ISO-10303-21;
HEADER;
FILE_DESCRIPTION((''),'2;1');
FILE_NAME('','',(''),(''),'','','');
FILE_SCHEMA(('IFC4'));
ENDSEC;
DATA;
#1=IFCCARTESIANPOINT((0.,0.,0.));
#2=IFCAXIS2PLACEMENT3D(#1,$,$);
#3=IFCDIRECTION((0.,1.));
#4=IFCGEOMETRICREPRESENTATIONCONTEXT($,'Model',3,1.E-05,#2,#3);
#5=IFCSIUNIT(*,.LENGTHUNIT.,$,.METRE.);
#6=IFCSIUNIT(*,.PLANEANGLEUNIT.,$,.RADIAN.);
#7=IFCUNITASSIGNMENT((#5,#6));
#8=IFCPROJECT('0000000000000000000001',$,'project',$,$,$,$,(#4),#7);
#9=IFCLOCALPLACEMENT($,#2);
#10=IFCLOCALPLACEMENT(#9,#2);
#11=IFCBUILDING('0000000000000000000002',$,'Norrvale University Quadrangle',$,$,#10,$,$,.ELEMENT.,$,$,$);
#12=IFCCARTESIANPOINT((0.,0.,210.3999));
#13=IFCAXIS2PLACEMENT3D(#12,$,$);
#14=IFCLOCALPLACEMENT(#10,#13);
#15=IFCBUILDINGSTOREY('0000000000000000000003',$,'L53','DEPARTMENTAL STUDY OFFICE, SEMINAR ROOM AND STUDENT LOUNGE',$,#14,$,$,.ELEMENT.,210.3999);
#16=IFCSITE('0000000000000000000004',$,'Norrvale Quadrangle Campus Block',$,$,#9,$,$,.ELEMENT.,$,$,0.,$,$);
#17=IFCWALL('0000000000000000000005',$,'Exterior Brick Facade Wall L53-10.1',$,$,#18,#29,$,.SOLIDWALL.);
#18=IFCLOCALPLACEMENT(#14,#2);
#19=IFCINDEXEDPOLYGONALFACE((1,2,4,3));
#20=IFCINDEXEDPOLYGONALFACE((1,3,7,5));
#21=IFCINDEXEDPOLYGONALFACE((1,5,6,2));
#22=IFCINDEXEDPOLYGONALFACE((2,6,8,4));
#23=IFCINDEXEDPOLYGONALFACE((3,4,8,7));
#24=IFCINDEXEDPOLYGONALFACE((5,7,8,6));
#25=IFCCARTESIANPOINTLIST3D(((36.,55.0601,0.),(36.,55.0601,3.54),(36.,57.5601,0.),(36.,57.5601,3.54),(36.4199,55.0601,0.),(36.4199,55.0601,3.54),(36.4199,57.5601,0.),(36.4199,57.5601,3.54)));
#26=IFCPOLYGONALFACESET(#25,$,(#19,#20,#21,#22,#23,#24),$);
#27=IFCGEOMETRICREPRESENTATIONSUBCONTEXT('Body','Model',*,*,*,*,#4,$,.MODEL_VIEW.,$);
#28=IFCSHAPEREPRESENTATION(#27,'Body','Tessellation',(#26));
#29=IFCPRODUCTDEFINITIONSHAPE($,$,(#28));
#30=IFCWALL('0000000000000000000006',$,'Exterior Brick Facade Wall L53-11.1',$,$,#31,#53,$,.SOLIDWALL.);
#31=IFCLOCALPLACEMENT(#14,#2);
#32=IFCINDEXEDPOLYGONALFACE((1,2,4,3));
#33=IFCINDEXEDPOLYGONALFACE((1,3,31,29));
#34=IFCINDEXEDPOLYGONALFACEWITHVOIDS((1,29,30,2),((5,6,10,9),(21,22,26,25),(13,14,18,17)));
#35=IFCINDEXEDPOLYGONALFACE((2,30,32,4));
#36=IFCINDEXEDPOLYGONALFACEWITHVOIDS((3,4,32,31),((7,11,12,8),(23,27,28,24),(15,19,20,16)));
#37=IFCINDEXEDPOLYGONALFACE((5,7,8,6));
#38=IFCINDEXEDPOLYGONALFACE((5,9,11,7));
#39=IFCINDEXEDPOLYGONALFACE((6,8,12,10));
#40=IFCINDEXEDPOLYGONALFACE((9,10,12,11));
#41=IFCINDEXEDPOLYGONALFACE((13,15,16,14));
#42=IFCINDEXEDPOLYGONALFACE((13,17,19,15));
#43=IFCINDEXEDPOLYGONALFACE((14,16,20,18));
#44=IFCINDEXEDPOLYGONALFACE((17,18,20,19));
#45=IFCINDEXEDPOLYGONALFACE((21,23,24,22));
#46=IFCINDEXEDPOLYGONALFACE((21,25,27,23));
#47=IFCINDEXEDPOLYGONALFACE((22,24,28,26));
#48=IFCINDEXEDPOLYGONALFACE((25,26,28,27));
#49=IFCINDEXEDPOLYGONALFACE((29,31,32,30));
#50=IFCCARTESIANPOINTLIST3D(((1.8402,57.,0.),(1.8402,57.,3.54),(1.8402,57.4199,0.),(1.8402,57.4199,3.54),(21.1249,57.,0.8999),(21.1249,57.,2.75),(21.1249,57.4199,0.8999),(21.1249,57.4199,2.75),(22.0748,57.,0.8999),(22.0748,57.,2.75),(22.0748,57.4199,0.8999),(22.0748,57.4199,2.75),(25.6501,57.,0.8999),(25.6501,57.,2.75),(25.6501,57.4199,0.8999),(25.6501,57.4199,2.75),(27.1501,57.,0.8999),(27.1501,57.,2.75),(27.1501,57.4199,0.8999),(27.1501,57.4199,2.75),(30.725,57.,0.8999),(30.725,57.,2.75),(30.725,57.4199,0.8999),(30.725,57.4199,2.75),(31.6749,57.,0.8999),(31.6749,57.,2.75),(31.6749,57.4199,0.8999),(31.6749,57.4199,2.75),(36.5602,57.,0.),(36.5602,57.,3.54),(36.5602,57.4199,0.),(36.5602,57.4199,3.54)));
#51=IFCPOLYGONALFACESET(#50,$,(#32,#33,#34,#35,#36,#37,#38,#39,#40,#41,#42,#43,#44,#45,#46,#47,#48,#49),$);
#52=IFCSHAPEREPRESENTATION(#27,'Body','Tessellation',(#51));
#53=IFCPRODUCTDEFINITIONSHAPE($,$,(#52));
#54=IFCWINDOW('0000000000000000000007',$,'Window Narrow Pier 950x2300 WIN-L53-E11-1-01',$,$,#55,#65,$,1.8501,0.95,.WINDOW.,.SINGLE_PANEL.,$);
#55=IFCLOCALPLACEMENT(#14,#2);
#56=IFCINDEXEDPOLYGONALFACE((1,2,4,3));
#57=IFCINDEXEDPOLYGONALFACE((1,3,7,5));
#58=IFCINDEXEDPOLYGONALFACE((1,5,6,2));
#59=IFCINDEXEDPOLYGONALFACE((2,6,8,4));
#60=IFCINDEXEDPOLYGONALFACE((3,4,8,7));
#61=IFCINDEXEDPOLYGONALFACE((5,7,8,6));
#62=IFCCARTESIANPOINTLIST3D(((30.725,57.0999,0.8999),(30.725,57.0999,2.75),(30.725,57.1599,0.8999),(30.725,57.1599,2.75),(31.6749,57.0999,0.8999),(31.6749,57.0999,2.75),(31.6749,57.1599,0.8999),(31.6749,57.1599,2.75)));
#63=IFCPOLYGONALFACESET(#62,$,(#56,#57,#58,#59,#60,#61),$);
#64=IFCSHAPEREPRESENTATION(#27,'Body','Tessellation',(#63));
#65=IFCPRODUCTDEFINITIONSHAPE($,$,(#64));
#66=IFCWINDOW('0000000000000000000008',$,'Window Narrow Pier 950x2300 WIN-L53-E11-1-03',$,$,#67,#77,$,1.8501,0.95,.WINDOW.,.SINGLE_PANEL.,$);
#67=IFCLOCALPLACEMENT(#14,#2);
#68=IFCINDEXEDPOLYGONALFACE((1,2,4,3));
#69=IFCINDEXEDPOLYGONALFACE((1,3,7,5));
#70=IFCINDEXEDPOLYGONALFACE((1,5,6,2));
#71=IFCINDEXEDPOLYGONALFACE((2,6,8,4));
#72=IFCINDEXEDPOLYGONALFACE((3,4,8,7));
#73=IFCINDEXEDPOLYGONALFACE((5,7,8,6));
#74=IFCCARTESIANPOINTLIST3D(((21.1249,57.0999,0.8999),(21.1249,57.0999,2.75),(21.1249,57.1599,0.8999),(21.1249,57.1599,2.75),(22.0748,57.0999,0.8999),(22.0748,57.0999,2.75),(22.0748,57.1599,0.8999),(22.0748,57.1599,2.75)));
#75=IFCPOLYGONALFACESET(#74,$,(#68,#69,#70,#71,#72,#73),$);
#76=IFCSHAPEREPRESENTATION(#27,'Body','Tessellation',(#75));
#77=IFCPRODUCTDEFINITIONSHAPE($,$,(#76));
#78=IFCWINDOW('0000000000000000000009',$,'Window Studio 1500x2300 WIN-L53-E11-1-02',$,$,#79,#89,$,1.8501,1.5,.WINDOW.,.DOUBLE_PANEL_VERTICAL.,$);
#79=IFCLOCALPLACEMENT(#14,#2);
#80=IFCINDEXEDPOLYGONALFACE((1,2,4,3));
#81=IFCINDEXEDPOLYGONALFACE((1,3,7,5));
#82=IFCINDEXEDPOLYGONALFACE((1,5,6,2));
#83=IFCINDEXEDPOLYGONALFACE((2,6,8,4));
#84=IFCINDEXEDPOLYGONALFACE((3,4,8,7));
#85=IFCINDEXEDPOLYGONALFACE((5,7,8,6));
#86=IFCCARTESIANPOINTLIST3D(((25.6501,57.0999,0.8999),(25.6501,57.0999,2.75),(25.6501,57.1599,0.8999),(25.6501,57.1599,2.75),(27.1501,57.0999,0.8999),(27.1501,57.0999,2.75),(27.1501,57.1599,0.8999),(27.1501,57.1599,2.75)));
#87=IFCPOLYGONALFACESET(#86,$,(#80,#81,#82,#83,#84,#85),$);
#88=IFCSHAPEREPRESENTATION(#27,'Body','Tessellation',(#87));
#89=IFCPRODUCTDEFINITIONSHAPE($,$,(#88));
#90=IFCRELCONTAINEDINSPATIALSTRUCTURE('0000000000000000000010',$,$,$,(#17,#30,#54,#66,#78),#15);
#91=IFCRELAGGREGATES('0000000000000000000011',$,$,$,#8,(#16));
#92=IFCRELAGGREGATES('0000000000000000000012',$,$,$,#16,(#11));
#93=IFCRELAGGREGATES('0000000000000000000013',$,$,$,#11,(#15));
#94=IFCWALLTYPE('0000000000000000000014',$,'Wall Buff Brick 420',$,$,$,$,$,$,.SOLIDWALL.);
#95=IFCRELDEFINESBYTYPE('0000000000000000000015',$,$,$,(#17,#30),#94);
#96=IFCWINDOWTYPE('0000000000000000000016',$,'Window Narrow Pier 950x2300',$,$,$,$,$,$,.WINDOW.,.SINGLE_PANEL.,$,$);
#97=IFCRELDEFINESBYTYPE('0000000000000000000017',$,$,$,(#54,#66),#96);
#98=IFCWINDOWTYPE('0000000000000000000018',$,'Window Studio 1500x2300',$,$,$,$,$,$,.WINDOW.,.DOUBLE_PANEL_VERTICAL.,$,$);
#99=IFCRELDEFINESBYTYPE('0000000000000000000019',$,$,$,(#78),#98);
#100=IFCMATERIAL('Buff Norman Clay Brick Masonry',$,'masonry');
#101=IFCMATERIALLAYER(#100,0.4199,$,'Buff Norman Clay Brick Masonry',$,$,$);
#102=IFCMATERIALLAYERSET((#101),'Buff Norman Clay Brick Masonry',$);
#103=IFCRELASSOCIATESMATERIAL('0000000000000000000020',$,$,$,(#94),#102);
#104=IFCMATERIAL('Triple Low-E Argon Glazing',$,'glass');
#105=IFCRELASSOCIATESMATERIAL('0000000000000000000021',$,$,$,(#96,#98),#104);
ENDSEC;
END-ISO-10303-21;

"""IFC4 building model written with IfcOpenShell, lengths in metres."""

from ifc_helpers import new_model, si_unit, direction, frame, frame_2d, origin, place, context, subcontext, project, spatial, rectangle, extrude, material, layer, layer_set, type_object, element, fill, save


model = new_model("IFC4")

# Units and contexts
model_context = context("Model", 3, precision=1e-05, world=origin(), true_north=direction((0.0, 1.0)))
body_context = subcontext(model_context, "Body", "Model", "MODEL_VIEW")
ifc_project = project(units=[si_unit("LENGTHUNIT", "METRE"), si_unit("PLANEANGLEUNIT", "RADIAN")], contexts=[model_context])

# Site, building, storey
site_placement = place(None, origin())
site = spatial("IfcSite", under=ifc_project, at=site_placement, Name="Norrvale Quadrangle Campus Block", CompositionType="ELEMENT", RefElevation=0.0)
building_placement = place(site_placement, origin())
building = spatial("IfcBuilding", under=site, at=building_placement, Name="Norrvale University Quadrangle", CompositionType="ELEMENT")
storey_placement = place(building_placement, frame((0.0, 0.0, 210.3999)))
storey = spatial("IfcBuildingStorey", under=building, at=storey_placement, Name="L53", Description="DEPARTMENTAL STUDY OFFICE, SEMINAR ROOM AND STUDENT LOUNGE", CompositionType="ELEMENT", Elevation=210.3999)

# Shared definitions
ifc_material_1 = material(Name="Buff Norman Clay Brick Masonry", Category="masonry")
ifc_layer = layer(ifc_material_1, 0.4199, Name="Buff Norman Clay Brick Masonry")
ifc_layer_set = layer_set([ifc_layer], Name="Buff Norman Clay Brick Masonry")
wall_type = type_object("IfcWallType", Name="Wall Buff Brick 420", PredefinedType="SOLIDWALL", material=ifc_layer_set)

# Shared definitions
ifc_material_2 = material(Name="Triple Low-E Argon Glazing", Category="glass")

# Wall
for number, where, z_axis, x_axis, name in (
    (1, (36.21, 55.0601, 0.0), (0.0, 0.0, 1.0), (0.0, 1.0, 0.0), "Exterior Brick Facade Wall L53-10.1"),
):
    element("IfcWall", number, at=place(storey_placement, frame(where, z_axis=z_axis, x_axis=x_axis)), inside=storey, type_object=wall_type, Name=name, PredefinedType="SOLIDWALL", context=body_context, shape_type="SweptSolid", body=[
        extrude(rectangle(XDim=2.5, YDim=0.4199, at=frame_2d((1.25, 0.0))), origin(), (0.0, 0.0, 1.0), 3.54),
    ])

# Wall, openings, windows
wall_1_placement = place(storey_placement, frame((36.5601, 57.21, 0.0), z_axis=(0.0, 0.0, 1.0), x_axis=(-1.0, 0.0, 0.0)))
wall_1 = element("IfcWall", 2, at=wall_1_placement, inside=storey, type_object=wall_type, Name="Exterior Brick Facade Wall L53-11.1", PredefinedType="SOLIDWALL", context=body_context, shape_type="SweptSolid", body=[
    extrude(rectangle(XDim=34.72, YDim=0.4199, at=frame_2d((17.3599, 0.0))), origin(), (0.0, 0.0, 1.0), 3.54),
])
opening_1_placement = place(wall_1_placement, frame((4.885, 0.0, 0.8999)))
opening_1 = element("IfcOpeningElement", 3, at=opening_1_placement, cuts=wall_1, PredefinedType="OPENING", context=body_context, shape_type="SweptSolid", body=[
    extrude(rectangle(XDim=0.95, YDim=1.8501, at=frame_2d((0.4751, 0.925))), frame((0.0, 0.2219, 0.0), z_axis=(0.0, -1.0, 0.0), x_axis=(1.0, 0.0, 0.0)), (0.0, 0.0, 1.0), 0.4438),
])
opening_2_placement = place(wall_1_placement, frame((9.4099, 0.0, 0.8999)))
opening_2 = element("IfcOpeningElement", 4, at=opening_2_placement, cuts=wall_1, PredefinedType="OPENING", context=body_context, shape_type="SweptSolid", body=[
    extrude(rectangle(XDim=1.5, YDim=1.8501, at=frame_2d((0.75, 0.925))), frame((0.0, 0.2219, 0.0), z_axis=(0.0, -1.0, 0.0), x_axis=(1.0, 0.0, 0.0)), (0.0, 0.0, 1.0), 0.4438),
])
opening_3_placement = place(wall_1_placement, frame((14.4851, 0.0, 0.8999)))
opening_3 = element("IfcOpeningElement", 5, at=opening_3_placement, cuts=wall_1, PredefinedType="OPENING", context=body_context, shape_type="SweptSolid", body=[
    extrude(rectangle(XDim=0.95, YDim=1.8501, at=frame_2d((0.4751, 0.925))), frame((0.0, 0.2219, 0.0), z_axis=(0.0, -1.0, 0.0), x_axis=(1.0, 0.0, 0.0)), (0.0, 0.0, 1.0), 0.4438),
])
window_type_1 = type_object("IfcWindowType", Name="Window Narrow Pier 950x2300", PartitioningType="SINGLE_PANEL", PredefinedType="WINDOW", material=ifc_material_2)
window_1_placement = place(opening_1_placement, origin())
window_1 = element("IfcWindow", 6, at=window_1_placement, inside=storey, type_object=window_type_1, Name="Window Narrow Pier 950x2300 WIN-L53-E11-1-01", OverallHeight=1.8501, OverallWidth=0.95, PartitioningType="SINGLE_PANEL", PredefinedType="WINDOW", context=body_context, shape_type="SweptSolid", body=[
    extrude(rectangle(XDim=0.95, YDim=1.8501, at=frame_2d((0.4751, 0.925))), frame((0.0, 0.1101, 0.0), z_axis=(0.0, -1.0, 0.0), x_axis=(1.0, 0.0, 0.0)), (0.0, 0.0, 1.0), 0.0601),
])
fill(opening_1, window_1)
window_2_placement = place(opening_3_placement, origin())
window_2 = element("IfcWindow", 7, at=window_2_placement, inside=storey, type_object=window_type_1, Name="Window Narrow Pier 950x2300 WIN-L53-E11-1-03", OverallHeight=1.8501, OverallWidth=0.95, PartitioningType="SINGLE_PANEL", PredefinedType="WINDOW", context=body_context, shape_type="SweptSolid", body=[
    extrude(rectangle(XDim=0.95, YDim=1.8501, at=frame_2d((0.4751, 0.925))), frame((0.0, 0.1101, 0.0), z_axis=(0.0, -1.0, 0.0), x_axis=(1.0, 0.0, 0.0)), (0.0, 0.0, 1.0), 0.0601),
])
fill(opening_3, window_2)
window_type_2 = type_object("IfcWindowType", Name="Window Studio 1500x2300", PartitioningType="DOUBLE_PANEL_VERTICAL", PredefinedType="WINDOW", material=ifc_material_2)
window_3_placement = place(opening_2_placement, origin())
window_3 = element("IfcWindow", 8, at=window_3_placement, inside=storey, type_object=window_type_2, Name="Window Studio 1500x2300 WIN-L53-E11-1-02", OverallHeight=1.8501, OverallWidth=1.5, PartitioningType="DOUBLE_PANEL_VERTICAL", PredefinedType="WINDOW", context=body_context, shape_type="SweptSolid", body=[
    extrude(rectangle(XDim=1.5, YDim=1.8501, at=frame_2d((0.75, 0.925))), frame((0.0, 0.1101, 0.0), z_axis=(0.0, -1.0, 0.0), x_axis=(1.0, 0.0, 0.0)), (0.0, 0.0, 1.0), 0.0601),
])
fill(opening_2, window_3)

save(model, "model.ifc")
